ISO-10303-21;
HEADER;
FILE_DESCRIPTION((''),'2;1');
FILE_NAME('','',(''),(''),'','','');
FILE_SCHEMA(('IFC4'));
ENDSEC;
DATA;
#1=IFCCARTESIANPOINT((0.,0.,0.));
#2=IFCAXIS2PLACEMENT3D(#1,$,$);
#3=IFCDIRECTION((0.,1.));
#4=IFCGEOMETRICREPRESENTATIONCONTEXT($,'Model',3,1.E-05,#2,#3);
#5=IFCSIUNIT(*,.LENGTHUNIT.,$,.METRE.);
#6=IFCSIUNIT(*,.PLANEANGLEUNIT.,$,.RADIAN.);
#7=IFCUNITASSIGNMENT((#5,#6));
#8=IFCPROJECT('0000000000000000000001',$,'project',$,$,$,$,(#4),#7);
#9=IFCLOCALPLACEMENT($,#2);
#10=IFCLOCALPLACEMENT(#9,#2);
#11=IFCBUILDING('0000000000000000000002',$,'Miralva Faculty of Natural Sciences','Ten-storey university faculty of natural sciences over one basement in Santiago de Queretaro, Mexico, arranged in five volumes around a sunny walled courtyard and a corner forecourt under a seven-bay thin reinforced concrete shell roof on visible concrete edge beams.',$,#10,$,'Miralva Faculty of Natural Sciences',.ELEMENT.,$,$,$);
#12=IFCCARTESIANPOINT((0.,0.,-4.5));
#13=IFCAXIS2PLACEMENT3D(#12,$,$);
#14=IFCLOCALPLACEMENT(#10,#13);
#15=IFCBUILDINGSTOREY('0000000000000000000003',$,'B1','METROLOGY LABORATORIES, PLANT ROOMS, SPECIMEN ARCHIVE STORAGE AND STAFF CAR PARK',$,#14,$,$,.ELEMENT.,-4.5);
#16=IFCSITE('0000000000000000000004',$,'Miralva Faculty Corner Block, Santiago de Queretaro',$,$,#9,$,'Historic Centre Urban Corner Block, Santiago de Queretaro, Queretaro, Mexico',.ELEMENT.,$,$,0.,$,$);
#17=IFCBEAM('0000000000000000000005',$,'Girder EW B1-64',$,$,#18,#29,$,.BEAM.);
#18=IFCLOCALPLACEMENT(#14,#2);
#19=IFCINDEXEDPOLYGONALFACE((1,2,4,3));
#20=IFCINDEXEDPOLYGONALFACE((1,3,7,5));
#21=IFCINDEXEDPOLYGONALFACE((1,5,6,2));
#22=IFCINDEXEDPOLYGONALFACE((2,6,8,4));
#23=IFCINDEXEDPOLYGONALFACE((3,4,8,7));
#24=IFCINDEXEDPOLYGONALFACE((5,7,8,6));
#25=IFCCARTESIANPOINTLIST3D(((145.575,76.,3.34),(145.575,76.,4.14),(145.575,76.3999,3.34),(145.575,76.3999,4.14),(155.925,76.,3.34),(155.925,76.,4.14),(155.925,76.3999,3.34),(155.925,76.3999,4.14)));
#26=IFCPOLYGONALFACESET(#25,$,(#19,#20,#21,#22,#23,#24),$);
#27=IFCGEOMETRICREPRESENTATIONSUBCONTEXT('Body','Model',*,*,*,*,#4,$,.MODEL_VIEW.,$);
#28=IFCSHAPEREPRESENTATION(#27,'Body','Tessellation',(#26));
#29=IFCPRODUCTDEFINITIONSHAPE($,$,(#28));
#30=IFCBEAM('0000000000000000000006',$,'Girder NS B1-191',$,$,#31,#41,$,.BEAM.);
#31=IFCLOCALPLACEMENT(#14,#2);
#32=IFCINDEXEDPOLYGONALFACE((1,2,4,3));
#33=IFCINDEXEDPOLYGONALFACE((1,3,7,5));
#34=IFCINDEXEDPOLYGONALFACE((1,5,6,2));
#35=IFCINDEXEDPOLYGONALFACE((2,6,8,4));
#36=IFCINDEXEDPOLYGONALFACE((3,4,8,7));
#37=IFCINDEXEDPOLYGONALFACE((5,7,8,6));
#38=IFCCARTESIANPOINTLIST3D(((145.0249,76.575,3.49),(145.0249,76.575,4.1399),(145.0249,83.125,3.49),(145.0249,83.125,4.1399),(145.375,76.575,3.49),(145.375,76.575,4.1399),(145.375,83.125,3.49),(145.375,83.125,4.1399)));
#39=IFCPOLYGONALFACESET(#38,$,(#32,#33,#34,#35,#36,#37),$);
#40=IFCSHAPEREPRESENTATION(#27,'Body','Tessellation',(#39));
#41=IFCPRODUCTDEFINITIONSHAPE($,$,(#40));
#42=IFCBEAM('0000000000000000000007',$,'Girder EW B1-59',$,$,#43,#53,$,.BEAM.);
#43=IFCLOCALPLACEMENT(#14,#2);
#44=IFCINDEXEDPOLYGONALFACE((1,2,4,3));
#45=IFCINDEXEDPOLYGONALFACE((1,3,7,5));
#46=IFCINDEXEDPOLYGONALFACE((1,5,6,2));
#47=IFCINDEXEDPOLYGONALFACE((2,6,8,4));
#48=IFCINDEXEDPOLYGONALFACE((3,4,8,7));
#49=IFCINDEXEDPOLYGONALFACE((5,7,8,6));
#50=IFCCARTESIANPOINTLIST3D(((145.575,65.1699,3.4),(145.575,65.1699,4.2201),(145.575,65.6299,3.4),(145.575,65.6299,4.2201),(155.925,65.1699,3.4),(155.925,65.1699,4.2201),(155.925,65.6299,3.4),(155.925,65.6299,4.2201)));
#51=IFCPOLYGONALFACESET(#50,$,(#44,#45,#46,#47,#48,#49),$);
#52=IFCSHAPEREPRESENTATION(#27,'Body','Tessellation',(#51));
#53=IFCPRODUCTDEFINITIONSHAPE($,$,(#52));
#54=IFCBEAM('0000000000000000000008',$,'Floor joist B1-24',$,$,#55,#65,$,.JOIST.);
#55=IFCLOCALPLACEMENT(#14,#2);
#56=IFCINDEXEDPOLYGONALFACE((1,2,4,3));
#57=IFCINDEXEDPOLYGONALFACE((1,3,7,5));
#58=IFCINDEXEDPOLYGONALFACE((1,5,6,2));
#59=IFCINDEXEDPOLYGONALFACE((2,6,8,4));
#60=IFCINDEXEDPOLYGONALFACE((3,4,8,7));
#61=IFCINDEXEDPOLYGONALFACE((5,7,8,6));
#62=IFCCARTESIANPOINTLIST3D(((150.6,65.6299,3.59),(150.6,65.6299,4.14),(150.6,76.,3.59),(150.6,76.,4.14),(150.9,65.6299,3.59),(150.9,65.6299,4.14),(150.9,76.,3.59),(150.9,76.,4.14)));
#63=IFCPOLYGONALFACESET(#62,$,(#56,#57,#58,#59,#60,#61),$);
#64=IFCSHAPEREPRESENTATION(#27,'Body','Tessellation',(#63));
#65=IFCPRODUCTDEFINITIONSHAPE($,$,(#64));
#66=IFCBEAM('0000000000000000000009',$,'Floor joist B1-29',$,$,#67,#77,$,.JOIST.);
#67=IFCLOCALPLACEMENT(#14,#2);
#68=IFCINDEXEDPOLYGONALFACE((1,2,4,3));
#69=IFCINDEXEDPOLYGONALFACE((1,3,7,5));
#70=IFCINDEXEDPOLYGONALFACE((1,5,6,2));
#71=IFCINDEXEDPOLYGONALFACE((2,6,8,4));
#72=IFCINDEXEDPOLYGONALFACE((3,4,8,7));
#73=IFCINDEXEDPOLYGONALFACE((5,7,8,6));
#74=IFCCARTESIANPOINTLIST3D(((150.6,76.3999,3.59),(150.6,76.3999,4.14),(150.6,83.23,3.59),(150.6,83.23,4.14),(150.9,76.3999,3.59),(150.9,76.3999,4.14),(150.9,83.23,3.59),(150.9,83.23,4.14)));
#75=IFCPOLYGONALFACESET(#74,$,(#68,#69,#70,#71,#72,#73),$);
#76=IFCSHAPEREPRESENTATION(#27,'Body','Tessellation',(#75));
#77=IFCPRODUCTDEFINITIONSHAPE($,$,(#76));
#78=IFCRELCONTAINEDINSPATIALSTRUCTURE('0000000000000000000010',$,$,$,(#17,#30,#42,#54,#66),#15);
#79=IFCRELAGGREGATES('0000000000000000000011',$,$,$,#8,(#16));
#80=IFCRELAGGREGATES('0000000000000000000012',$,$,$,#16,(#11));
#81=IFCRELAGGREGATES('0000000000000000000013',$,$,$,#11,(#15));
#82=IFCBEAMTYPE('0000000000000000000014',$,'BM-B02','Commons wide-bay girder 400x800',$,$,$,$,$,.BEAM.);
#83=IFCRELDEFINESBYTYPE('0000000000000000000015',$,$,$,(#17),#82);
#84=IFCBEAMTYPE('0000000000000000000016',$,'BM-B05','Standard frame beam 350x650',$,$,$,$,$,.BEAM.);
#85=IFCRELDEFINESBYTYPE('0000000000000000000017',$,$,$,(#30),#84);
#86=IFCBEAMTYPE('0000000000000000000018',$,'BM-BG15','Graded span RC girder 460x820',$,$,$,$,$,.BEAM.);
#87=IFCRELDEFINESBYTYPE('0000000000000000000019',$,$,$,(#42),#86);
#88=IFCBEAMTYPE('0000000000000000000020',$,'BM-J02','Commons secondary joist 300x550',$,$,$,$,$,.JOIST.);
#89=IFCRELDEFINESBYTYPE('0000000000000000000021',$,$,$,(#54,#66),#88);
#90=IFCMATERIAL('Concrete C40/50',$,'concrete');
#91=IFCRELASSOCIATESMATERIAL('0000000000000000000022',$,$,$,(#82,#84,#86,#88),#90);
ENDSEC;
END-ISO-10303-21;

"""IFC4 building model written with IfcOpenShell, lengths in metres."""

from ifc_helpers import new_model, si_unit, direction, frame, origin, origin_2d, place, context, subcontext, project, spatial, rectangle, extrude, material, material_profile, profile_set, type_object, element, save


model = new_model("IFC4")

# Units and contexts
model_context = context("Model", 3, precision=1e-05, world=origin(), true_north=direction((0.0, 1.0)))
body_context = subcontext(model_context, "Body", "Model", "MODEL_VIEW")
ifc_project = project(units=[si_unit("LENGTHUNIT", "METRE"), si_unit("PLANEANGLEUNIT", "RADIAN")], contexts=[model_context])

# Site, building, storey
site_placement = place(None, origin())
site = spatial("IfcSite", under=ifc_project, at=site_placement, Name="Miralva Faculty Corner Block, Santiago de Queretaro", LongName="Historic Centre Urban Corner Block, Santiago de Queretaro, Queretaro, Mexico", CompositionType="ELEMENT", RefElevation=0.0)
building_placement = place(site_placement, origin())
building = spatial("IfcBuilding", under=site, at=building_placement, Name="Miralva Faculty of Natural Sciences", Description="Ten-storey university faculty of natural sciences over one basement in Santiago de Queretaro, Mexico, arranged in five volumes around a sunny walled courtyard and a corner forecourt under a seven-bay thin reinforced concrete shell roof on visible concrete edge beams.", LongName="Miralva Faculty of Natural Sciences", CompositionType="ELEMENT")
storey_placement = place(building_placement, frame((0.0, 0.0, -4.5)))
storey = spatial("IfcBuildingStorey", under=building, at=storey_placement, Name="B1", Description="METROLOGY LABORATORIES, PLANT ROOMS, SPECIMEN ARCHIVE STORAGE AND STAFF CAR PARK", CompositionType="ELEMENT", Elevation=-4.5)

# Shared definitions
ifc_material_1 = material(Name="Concrete C40/50", Category="concrete")

# Beams
ifc_material_profile_1 = material_profile(ifc_material_1, rectangle(XDim=0.3999, YDim=0.8, at=origin_2d()), Name="RC 400x800")
ifc_profile_set_1 = profile_set([ifc_material_profile_1], Name="Concrete C40/50")
beam_type_1 = type_object("IfcBeamType", Name="BM-B02", Description="Commons wide-bay girder 400x800", PredefinedType="BEAM", material=ifc_profile_set_1)
beam_1_placement = place(storey_placement, frame((145.575, 76.2, 3.74), z_axis=(1.0, 0.0, 0.0), x_axis=(0.0, 1.0, 0.0)))
element("IfcBeam", 1, at=beam_1_placement, inside=storey, type_object=beam_type_1, Name="Girder EW B1-64", PredefinedType="BEAM", context=body_context, shape_type="SweptSolid", body=[
    extrude(rectangle(XDim=0.3999, YDim=0.8, at=origin_2d()), origin(), (0.0, 0.0, 1.0), 10.3501),
])
ifc_material_profile_2 = material_profile(ifc_material_1, rectangle(XDim=0.3501, YDim=0.6499, at=origin_2d()), Name="RC 350x650")
ifc_profile_set_2 = profile_set([ifc_material_profile_2], Name="Concrete C40/50")
beam_type_2 = type_object("IfcBeamType", Name="BM-B05", Description="Standard frame beam 350x650", PredefinedType="BEAM", material=ifc_profile_set_2)
beam_2_placement = place(storey_placement, frame((145.2, 76.575, 3.8149), z_axis=(0.0, 1.0, 0.0), x_axis=(-1.0, 0.0, 0.0)))
element("IfcBeam", 2, at=beam_2_placement, inside=storey, type_object=beam_type_2, Name="Girder NS B1-191", PredefinedType="BEAM", context=body_context, shape_type="SweptSolid", body=[
    extrude(rectangle(XDim=0.3501, YDim=0.6499, at=origin_2d()), origin(), (0.0, 0.0, 1.0), 6.55),
])
ifc_material_profile_3 = material_profile(ifc_material_1, rectangle(XDim=0.46, YDim=0.8201, at=origin_2d()), Name="RC 460x820")
ifc_profile_set_3 = profile_set([ifc_material_profile_3], Name="Concrete C40/50")
beam_type_3 = type_object("IfcBeamType", Name="BM-BG15", Description="Graded span RC girder 460x820", PredefinedType="BEAM", material=ifc_profile_set_3)
beam_3_placement = place(storey_placement, frame((145.575, 65.3999, 3.8101), z_axis=(1.0, 0.0, 0.0), x_axis=(0.0, 1.0, 0.0)))
element("IfcBeam", 3, at=beam_3_placement, inside=storey, type_object=beam_type_3, Name="Girder EW B1-59", PredefinedType="BEAM", context=body_context, shape_type="SweptSolid", body=[
    extrude(rectangle(XDim=0.46, YDim=0.8201, at=origin_2d()), origin(), (0.0, 0.0, 1.0), 10.3501),
])
ifc_material_profile_4 = material_profile(ifc_material_1, rectangle(XDim=0.3, YDim=0.55, at=origin_2d()), Name="RC 300x550")
ifc_profile_set_4 = profile_set([ifc_material_profile_4], Name="Concrete C40/50")
beam_type_4 = type_object("IfcBeamType", Name="BM-J02", Description="Commons secondary joist 300x550", PredefinedType="JOIST", material=ifc_profile_set_4)
beam_4_placement = place(storey_placement, frame((150.75, 65.6299, 3.865), z_axis=(0.0, 1.0, 0.0), x_axis=(-1.0, 0.0, 0.0)))
element("IfcBeam", 4, at=beam_4_placement, inside=storey, type_object=beam_type_4, Name="Floor joist B1-24", PredefinedType="JOIST", context=body_context, shape_type="SweptSolid", body=[
    extrude(rectangle(XDim=0.3, YDim=0.55, at=origin_2d()), origin(), (0.0, 0.0, 1.0), 10.3701),
])
beam_5_placement = place(storey_placement, frame((150.75, 76.3999, 3.865), z_axis=(0.0, 1.0, 0.0), x_axis=(-1.0, 0.0, 0.0)))
element("IfcBeam", 5, at=beam_5_placement, inside=storey, type_object=beam_type_4, Name="Floor joist B1-29", PredefinedType="JOIST", context=body_context, shape_type="SweptSolid", body=[
    extrude(rectangle(XDim=0.3, YDim=0.55, at=origin_2d()), origin(), (0.0, 0.0, 1.0), 6.8301),
])

save(model, "model.ifc")
